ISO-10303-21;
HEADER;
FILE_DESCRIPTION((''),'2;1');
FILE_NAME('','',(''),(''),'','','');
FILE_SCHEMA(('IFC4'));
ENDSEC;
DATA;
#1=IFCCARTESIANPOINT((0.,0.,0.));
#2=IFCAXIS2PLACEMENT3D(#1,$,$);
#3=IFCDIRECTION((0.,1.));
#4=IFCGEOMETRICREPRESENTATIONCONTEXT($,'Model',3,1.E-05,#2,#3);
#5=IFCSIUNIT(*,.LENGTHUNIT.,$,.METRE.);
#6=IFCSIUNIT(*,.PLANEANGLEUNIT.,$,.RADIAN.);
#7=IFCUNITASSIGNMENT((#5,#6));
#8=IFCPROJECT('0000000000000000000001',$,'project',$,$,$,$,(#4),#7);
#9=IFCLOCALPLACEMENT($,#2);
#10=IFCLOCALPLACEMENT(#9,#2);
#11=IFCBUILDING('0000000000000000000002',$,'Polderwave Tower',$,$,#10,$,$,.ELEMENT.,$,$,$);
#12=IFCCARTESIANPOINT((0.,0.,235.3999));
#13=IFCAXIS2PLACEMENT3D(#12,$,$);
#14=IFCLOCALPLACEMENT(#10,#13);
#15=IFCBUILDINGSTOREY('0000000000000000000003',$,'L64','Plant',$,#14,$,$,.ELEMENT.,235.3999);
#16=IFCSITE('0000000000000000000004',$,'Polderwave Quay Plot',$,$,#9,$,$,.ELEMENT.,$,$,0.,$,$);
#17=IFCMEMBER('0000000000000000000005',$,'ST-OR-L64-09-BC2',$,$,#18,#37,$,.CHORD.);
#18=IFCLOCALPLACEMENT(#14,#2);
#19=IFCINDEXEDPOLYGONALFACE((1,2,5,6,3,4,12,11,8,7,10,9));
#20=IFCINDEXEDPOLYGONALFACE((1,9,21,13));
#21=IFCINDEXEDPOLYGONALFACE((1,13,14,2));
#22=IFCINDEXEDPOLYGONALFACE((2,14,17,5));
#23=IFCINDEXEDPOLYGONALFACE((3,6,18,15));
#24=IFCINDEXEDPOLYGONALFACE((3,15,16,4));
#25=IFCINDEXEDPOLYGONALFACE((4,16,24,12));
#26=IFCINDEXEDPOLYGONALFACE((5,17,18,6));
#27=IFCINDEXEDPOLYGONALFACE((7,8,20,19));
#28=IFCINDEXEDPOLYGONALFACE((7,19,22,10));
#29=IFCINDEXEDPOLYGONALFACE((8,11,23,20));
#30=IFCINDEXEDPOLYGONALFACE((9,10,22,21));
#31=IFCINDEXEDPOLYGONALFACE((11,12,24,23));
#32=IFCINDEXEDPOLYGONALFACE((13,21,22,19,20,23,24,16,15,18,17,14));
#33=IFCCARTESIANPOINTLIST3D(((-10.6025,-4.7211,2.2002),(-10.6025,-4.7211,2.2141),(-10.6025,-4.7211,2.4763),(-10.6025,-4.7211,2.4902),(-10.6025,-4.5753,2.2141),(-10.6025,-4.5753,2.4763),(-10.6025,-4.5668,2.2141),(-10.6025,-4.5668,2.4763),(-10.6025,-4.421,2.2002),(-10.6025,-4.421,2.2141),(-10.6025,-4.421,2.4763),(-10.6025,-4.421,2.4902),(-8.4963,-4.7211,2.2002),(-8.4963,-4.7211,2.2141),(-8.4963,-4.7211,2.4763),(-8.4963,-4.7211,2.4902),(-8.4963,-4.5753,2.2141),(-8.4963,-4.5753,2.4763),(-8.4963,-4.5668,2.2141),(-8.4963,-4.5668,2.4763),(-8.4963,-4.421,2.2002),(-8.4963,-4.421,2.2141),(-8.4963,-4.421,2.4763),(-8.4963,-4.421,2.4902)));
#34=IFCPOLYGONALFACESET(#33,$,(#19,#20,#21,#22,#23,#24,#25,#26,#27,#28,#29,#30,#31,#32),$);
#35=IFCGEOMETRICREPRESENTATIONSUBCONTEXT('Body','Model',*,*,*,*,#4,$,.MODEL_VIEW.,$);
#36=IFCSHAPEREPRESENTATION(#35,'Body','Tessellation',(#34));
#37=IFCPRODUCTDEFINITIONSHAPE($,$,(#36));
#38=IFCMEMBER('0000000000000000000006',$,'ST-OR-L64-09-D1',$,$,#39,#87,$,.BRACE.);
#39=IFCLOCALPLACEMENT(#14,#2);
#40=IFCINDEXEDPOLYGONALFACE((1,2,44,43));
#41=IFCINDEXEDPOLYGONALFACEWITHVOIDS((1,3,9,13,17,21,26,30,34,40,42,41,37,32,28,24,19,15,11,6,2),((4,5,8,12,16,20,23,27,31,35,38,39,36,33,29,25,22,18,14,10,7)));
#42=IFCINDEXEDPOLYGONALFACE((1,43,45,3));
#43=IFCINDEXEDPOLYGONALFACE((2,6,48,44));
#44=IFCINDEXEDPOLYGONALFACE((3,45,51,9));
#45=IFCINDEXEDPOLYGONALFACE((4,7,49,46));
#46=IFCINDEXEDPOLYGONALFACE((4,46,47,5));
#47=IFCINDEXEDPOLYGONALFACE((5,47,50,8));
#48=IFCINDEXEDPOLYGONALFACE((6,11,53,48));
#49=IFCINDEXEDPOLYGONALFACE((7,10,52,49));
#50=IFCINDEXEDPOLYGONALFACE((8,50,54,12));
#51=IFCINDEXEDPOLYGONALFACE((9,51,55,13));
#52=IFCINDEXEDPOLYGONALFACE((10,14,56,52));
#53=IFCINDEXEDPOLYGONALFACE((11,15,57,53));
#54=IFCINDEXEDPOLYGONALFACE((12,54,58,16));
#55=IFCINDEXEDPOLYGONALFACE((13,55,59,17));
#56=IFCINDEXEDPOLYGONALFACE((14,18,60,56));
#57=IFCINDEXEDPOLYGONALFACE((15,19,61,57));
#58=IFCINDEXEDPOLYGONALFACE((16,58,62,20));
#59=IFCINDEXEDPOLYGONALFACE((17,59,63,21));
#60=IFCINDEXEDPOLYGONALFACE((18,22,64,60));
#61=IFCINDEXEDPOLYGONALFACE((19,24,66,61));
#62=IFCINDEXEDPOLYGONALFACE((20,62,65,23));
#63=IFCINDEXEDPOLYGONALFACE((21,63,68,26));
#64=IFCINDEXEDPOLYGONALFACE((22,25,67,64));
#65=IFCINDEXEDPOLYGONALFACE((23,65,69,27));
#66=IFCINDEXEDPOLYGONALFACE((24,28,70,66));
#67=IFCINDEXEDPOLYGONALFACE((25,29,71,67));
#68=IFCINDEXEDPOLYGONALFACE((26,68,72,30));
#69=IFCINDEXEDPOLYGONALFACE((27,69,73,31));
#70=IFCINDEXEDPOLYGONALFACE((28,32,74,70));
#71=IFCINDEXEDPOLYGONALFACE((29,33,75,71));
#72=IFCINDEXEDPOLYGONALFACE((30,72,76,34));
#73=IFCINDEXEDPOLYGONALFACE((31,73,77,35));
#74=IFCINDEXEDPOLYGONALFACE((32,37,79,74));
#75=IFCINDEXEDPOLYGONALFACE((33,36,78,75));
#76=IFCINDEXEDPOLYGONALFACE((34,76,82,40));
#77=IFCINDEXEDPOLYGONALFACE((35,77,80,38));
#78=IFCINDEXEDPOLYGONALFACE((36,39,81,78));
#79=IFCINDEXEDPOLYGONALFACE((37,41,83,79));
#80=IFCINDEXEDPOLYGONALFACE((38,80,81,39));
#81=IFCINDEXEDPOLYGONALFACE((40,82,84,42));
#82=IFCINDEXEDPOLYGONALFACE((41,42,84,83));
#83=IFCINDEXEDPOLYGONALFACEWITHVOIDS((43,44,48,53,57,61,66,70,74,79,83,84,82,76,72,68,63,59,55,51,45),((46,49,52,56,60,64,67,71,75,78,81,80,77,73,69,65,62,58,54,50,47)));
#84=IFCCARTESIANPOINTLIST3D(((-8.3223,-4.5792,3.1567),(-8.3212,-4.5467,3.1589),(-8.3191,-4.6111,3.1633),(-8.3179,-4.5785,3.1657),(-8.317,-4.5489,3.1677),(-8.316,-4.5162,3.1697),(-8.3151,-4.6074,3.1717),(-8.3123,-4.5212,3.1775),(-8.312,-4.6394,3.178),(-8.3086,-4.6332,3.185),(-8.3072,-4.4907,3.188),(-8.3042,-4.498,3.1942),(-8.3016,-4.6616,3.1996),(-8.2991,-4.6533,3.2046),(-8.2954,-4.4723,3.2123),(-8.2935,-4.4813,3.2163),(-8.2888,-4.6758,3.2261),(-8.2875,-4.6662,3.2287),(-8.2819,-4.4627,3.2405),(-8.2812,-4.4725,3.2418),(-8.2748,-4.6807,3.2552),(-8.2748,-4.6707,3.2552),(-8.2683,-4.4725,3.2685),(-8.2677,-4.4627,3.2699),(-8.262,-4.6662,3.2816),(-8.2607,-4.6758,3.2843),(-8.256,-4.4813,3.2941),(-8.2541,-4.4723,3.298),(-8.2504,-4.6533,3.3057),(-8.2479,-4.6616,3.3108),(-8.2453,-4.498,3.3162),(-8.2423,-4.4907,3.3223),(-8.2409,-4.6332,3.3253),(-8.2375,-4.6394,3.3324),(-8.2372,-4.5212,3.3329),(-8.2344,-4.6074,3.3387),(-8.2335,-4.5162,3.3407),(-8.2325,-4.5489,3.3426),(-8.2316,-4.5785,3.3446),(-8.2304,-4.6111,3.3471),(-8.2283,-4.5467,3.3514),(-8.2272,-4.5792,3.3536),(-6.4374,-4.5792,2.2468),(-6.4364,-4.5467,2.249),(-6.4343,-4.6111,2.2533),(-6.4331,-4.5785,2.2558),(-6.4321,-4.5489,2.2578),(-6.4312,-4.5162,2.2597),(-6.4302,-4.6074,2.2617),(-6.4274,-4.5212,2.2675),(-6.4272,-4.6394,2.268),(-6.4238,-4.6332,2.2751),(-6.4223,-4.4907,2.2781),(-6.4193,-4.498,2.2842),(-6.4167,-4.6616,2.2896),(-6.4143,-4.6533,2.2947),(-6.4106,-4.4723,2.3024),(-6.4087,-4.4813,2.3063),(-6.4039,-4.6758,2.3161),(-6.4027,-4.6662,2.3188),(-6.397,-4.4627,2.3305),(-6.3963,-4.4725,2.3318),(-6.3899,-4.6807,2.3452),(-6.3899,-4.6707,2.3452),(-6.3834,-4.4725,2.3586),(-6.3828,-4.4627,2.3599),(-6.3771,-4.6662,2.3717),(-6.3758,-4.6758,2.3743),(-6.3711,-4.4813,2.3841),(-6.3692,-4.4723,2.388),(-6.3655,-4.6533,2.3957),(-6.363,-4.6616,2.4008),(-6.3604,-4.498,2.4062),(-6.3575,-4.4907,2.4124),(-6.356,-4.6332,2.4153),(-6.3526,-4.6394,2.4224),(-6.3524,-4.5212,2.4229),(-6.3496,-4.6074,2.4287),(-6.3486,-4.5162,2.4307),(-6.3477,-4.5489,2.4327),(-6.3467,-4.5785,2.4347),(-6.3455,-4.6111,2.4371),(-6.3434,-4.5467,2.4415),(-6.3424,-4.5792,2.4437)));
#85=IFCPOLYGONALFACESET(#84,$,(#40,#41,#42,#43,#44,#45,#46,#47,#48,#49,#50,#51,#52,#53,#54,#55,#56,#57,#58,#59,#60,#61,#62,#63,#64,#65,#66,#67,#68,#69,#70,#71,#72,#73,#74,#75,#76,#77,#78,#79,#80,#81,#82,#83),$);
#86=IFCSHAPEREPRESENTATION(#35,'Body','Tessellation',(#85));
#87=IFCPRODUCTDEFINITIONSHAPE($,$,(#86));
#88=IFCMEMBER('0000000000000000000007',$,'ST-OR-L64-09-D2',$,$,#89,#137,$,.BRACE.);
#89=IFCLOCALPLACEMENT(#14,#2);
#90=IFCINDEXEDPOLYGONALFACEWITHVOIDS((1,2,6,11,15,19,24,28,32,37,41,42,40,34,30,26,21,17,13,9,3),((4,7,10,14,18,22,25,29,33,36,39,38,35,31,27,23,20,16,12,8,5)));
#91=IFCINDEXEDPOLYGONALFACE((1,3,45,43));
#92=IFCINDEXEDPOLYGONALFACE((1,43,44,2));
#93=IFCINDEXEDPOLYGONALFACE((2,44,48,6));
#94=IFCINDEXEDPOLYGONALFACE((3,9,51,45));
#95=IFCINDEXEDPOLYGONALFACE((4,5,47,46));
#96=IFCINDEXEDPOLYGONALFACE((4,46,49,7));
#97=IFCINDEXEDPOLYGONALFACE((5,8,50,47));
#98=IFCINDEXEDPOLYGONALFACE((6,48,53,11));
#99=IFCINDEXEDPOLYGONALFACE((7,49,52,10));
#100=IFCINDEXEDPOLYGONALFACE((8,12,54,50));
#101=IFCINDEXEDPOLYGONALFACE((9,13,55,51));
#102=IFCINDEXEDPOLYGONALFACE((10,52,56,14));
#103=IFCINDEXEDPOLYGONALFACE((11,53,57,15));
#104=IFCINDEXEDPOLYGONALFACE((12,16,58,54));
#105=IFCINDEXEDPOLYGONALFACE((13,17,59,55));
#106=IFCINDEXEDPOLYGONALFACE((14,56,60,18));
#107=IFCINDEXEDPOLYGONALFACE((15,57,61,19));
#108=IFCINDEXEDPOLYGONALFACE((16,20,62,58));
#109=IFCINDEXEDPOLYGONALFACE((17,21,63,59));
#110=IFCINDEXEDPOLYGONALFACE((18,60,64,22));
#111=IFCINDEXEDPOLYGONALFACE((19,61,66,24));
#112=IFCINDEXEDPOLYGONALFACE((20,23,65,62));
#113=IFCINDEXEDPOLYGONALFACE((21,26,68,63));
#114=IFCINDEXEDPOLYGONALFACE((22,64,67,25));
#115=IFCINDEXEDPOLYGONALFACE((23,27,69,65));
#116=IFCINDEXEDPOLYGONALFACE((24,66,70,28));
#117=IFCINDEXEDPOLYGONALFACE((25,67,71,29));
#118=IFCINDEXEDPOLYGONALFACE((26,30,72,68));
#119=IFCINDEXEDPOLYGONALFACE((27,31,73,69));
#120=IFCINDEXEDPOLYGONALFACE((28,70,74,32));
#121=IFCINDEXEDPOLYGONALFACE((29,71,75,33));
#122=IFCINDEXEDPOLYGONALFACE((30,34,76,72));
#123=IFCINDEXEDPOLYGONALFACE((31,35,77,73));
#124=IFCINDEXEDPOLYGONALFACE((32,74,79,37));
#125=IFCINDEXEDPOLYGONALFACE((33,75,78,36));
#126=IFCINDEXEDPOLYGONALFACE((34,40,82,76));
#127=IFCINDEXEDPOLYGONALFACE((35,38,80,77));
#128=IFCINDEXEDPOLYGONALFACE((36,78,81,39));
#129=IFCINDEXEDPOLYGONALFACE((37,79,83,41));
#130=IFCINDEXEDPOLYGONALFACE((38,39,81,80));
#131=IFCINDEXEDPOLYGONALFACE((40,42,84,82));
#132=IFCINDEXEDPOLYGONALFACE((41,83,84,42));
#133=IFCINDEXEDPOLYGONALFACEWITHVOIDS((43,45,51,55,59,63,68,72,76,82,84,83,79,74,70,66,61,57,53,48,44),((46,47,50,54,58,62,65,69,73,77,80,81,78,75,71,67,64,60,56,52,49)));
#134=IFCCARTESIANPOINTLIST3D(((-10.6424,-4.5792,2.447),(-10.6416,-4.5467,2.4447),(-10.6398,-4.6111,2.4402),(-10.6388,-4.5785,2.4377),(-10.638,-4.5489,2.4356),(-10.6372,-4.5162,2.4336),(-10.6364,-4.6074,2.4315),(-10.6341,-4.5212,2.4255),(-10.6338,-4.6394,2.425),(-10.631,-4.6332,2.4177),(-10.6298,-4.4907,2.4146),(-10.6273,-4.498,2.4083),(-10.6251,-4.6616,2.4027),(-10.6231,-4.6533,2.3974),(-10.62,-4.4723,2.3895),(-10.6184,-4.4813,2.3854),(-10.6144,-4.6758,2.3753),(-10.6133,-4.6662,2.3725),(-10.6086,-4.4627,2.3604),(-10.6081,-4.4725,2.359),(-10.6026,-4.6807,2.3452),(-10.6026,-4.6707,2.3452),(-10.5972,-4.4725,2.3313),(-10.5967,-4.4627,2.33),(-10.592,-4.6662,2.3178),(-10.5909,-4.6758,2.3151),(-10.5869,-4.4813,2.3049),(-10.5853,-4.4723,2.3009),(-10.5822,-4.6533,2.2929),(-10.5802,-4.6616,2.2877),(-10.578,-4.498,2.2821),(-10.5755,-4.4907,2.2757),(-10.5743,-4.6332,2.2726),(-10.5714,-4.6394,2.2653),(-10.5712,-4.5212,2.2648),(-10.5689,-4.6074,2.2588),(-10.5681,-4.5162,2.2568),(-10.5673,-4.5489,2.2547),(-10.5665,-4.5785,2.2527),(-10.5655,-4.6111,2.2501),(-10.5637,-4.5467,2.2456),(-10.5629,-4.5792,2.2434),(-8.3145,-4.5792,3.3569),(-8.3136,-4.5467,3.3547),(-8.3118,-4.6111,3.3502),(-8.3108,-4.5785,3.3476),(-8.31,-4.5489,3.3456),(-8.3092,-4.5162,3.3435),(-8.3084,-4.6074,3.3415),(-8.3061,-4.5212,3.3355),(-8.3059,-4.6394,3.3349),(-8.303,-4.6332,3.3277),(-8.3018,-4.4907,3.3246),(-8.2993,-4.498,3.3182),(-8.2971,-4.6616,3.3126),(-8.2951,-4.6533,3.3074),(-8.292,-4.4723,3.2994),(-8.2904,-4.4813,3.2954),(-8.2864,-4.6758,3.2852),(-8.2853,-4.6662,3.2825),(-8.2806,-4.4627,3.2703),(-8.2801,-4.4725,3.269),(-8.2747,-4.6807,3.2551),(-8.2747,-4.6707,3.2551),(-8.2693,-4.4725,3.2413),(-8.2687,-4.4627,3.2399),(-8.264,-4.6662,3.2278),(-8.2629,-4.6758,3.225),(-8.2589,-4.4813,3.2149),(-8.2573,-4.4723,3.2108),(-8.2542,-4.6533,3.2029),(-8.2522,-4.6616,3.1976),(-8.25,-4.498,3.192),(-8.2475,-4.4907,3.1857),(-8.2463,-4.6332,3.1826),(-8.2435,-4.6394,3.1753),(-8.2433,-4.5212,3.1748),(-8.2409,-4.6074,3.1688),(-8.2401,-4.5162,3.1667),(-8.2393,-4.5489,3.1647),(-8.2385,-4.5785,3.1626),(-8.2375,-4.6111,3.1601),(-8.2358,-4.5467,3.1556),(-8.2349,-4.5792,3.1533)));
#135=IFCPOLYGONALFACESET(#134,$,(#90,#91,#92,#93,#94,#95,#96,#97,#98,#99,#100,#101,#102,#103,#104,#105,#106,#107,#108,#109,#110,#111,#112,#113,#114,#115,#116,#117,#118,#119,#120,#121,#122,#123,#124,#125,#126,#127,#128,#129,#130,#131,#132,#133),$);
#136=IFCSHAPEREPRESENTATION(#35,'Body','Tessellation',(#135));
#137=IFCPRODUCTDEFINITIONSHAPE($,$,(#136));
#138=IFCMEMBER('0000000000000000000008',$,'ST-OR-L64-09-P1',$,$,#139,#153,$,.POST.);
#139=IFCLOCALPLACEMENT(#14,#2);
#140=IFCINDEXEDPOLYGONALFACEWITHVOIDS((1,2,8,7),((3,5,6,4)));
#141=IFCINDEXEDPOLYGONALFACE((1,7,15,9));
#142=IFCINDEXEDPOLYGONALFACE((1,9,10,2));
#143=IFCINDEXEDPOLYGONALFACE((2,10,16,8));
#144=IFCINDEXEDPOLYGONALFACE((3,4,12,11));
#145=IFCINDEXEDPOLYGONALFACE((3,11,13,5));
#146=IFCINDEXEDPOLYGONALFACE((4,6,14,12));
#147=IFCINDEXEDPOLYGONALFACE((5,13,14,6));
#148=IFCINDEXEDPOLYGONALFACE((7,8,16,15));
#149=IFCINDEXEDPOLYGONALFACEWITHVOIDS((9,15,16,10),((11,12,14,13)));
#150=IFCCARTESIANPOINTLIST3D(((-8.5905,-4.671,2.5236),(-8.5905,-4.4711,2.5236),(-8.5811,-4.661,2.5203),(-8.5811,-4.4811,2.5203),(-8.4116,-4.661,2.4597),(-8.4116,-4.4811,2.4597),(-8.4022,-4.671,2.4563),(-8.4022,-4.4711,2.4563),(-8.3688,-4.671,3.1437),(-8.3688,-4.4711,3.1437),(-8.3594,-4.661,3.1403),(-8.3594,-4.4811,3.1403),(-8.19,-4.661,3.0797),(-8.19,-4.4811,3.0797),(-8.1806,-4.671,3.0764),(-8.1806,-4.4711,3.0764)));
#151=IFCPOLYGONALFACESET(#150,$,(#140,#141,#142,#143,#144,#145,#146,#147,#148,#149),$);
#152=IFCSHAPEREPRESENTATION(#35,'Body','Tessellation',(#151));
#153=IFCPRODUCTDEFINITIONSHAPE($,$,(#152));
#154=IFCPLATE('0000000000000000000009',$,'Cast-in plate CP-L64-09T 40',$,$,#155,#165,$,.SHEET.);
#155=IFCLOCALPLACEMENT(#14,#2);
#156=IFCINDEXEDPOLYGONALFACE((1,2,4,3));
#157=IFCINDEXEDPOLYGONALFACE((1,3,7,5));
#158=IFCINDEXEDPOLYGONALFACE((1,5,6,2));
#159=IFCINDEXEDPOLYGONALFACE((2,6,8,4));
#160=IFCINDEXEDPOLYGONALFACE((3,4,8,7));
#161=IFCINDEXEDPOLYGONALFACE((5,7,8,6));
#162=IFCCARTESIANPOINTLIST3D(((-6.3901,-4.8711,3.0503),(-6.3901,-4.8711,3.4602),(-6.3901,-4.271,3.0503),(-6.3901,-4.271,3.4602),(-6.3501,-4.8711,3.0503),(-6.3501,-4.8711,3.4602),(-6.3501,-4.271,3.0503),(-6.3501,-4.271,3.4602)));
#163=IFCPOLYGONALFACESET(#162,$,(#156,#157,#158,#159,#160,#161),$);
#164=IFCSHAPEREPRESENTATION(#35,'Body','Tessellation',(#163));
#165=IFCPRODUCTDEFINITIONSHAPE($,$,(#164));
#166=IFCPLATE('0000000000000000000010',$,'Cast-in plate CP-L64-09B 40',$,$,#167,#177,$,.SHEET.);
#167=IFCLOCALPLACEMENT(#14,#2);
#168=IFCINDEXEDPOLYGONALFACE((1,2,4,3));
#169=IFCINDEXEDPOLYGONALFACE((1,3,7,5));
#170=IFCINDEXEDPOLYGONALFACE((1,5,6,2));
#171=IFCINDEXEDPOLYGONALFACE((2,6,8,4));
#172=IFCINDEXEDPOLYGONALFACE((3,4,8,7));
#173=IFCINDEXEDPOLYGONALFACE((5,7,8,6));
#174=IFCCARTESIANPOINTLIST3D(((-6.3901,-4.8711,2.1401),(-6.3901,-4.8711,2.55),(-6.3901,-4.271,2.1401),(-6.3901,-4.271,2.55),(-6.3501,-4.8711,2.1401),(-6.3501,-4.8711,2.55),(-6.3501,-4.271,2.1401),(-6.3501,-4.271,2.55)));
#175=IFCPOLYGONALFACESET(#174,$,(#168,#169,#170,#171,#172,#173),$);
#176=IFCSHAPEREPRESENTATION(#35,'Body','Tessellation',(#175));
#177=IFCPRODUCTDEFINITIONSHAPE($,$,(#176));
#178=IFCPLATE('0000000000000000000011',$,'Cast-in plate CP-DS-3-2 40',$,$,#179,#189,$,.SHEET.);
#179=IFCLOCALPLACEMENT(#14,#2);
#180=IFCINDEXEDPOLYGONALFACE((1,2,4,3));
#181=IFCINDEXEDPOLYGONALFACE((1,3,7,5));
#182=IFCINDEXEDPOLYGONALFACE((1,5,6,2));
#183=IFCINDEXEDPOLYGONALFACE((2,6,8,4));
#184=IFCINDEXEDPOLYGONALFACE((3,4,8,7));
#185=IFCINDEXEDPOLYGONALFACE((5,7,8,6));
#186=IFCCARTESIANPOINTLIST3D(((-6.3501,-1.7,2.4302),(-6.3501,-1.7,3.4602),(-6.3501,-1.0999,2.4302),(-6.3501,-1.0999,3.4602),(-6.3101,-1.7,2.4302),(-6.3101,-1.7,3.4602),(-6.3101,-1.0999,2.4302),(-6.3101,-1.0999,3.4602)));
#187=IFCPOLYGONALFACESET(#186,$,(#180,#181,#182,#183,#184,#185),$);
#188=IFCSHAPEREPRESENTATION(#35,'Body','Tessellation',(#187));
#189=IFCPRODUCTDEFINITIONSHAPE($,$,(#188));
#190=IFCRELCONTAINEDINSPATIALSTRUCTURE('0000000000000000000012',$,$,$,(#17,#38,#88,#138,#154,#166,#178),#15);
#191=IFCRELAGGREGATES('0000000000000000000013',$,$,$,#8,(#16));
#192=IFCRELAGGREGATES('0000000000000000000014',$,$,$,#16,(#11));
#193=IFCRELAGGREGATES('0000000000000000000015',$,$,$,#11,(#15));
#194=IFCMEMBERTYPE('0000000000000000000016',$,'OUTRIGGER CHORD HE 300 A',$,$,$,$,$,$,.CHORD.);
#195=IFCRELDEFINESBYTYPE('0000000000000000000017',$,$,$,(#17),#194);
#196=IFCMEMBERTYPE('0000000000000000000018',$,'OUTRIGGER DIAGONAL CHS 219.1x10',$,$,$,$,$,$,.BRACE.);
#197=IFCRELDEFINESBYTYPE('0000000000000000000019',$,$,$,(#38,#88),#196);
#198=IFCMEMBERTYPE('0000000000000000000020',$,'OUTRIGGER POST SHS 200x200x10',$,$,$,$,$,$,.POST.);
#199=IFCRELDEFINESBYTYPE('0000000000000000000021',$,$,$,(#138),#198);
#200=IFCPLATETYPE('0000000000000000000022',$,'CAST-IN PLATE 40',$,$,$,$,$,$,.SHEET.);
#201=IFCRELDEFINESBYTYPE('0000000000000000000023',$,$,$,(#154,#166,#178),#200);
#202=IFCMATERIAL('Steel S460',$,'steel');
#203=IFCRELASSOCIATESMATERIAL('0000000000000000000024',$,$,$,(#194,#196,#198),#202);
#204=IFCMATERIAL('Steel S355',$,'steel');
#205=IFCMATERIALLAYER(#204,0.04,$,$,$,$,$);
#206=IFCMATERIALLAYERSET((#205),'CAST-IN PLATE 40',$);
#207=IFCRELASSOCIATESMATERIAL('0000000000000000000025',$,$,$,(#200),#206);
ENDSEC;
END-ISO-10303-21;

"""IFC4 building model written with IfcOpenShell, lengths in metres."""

from ifc_helpers import new_model, si_unit, direction, frame, origin, origin_2d, place, context, subcontext, project, spatial, rectangle, hollow_rectangle, hollow_circle, i_section, extrude, material, layer, layer_set, material_profile, profile_set, type_object, element, save


model = new_model("IFC4")

# Units and contexts
model_context = context("Model", 3, precision=1e-05, world=origin(), true_north=direction((0.0, 1.0)))
body_context = subcontext(model_context, "Body", "Model", "MODEL_VIEW")
ifc_project = project(units=[si_unit("LENGTHUNIT", "METRE"), si_unit("PLANEANGLEUNIT", "RADIAN")], contexts=[model_context])

# Site, building, storey
site_placement = place(None, origin())
site = spatial("IfcSite", under=ifc_project, at=site_placement, Name="Polderwave Quay Plot", CompositionType="ELEMENT", RefElevation=0.0)
building_placement = place(site_placement, origin())
building = spatial("IfcBuilding", under=site, at=building_placement, Name="Polderwave Tower", CompositionType="ELEMENT")
storey_placement = place(building_placement, frame((0.0, 0.0, 235.3999)))
storey = spatial("IfcBuildingStorey", under=building, at=storey_placement, Name="L64", Description="Plant", CompositionType="ELEMENT", Elevation=235.3999)

# Shared definitions
ifc_material_1 = material(Name="Steel S460", Category="steel")

# Members
ifc_material_profile_1 = material_profile(ifc_material_1, i_section(OverallWidth=0.3, OverallDepth=0.29, WebThickness=0.0085, FlangeThickness=0.0139, at=origin_2d()), Name="HE 300 A")
ifc_profile_set_1 = profile_set([ifc_material_profile_1], Name="Steel S460")
member_type_1 = type_object("IfcMemberType", Name="OUTRIGGER CHORD HE 300 A", PredefinedType="CHORD", material=ifc_profile_set_1)
member_1_placement = place(storey_placement, frame((-8.4963, -4.571, 2.3452), z_axis=(-1.0, 0.0, 0.0), x_axis=(0.0, -1.0, 0.0)))
element("IfcMember", 1, at=member_1_placement, inside=storey, type_object=member_type_1, Name="ST-OR-L64-09-BC2", PredefinedType="CHORD", context=body_context, shape_type="SweptSolid", body=[
    extrude(i_section(OverallWidth=0.3, OverallDepth=0.29, WebThickness=0.0085, FlangeThickness=0.0139, at=origin_2d()), origin(), (0.0, 0.0, 1.0), 2.1062),
])
ifc_material_profile_2 = material_profile(ifc_material_1, hollow_circle(Radius=0.1096, WallThickness=0.01, at=origin_2d()), Name="CHS 219.1x10")
ifc_profile_set_2 = profile_set([ifc_material_profile_2], Name="Steel S460")
member_type_2 = type_object("IfcMemberType", Name="OUTRIGGER DIAGONAL CHS 219.1x10", PredefinedType="BRACE", material=ifc_profile_set_2)
member_2_placement = place(storey_placement, frame((-6.3899, -4.571, 2.3452), z_axis=(-0.900547, 0.0, 0.434759), x_axis=(0.0, -1.0, 0.0)))
element("IfcMember", 2, at=member_2_placement, inside=storey, type_object=member_type_2, Name="ST-OR-L64-09-D1", PredefinedType="BRACE", context=body_context, shape_type="SweptSolid", body=[
    extrude(hollow_circle(Radius=0.1096, WallThickness=0.01, at=origin_2d()), origin(), (0.0, 0.0, 1.0), 2.093),
])
member_3_placement = place(storey_placement, frame((-8.2747, -4.571, 3.2551), z_axis=(-0.931378, 0.0, -0.364053), x_axis=(0.0, -1.0, 0.0)))
element("IfcMember", 3, at=member_3_placement, inside=storey, type_object=member_type_2, Name="ST-OR-L64-09-D2", PredefinedType="BRACE", context=body_context, shape_type="SweptSolid", body=[
    extrude(hollow_circle(Radius=0.1096, WallThickness=0.01, at=origin_2d()), origin(), (0.0, 0.0, 1.0), 2.4995),
])
ifc_material_profile_3 = material_profile(ifc_material_1, hollow_rectangle(XDim=0.2, YDim=0.2, WallThickness=0.01, at=origin_2d()), Name="SHS 200x200x10")
ifc_profile_set_3 = profile_set([ifc_material_profile_3], Name="Steel S460")
member_type_3 = type_object("IfcMemberType", Name="OUTRIGGER POST SHS 200x200x10", PredefinedType="POST", material=ifc_profile_set_3)
member_4_placement = place(storey_placement, frame((-8.4963, -4.571, 2.49), z_axis=(0.336618, 0.0, 0.941641), x_axis=(0.0, 1.0, 0.0)))
element("IfcMember", 4, at=member_4_placement, inside=storey, type_object=member_type_3, Name="ST-OR-L64-09-P1", PredefinedType="POST", context=body_context, shape_type="SweptSolid", body=[
    extrude(hollow_rectangle(XDim=0.2, YDim=0.2, WallThickness=0.01, at=origin_2d()), origin(), (0.0, 0.0, 1.0), 0.6584),
])

# Plates
ifc_material_2 = material(Name="Steel S355", Category="steel")
ifc_layer_1 = layer(ifc_material_2, 0.04)
ifc_layer_set_1 = layer_set([ifc_layer_1], Name="CAST-IN PLATE 40")
plate_type = type_object("IfcPlateType", Name="CAST-IN PLATE 40", PredefinedType="SHEET", material=ifc_layer_set_1)
for number, where, z_axis, x_axis, name in (
    (5, (-6.3701, -4.571, 3.0503), (0.0, 0.0, 1.0), (1.0, 0.0, 0.0), "Cast-in plate CP-L64-09T 40"),
    (6, (-6.3701, -4.571, 2.1401), (0.0, 0.0, 1.0), (1.0, 0.0, 0.0), "Cast-in plate CP-L64-09B 40"),
):
    element("IfcPlate", number, at=place(storey_placement, frame(where, z_axis=z_axis, x_axis=x_axis)), inside=storey, type_object=plate_type, Name=name, PredefinedType="SHEET", context=body_context, shape_type="SweptSolid", body=[
        extrude(rectangle(XDim=0.04, YDim=0.6001, at=origin_2d()), origin(), (0.0, 0.0, 1.0), 0.4099),
    ])
plate_placement = place(storey_placement, frame((-6.3301, -1.3999, 2.4302), z_axis=(0.0, 0.0, 1.0), x_axis=(-1.0, 0.0, 0.0)))
element("IfcPlate", 7, at=plate_placement, inside=storey, type_object=plate_type, Name="Cast-in plate CP-DS-3-2 40", PredefinedType="SHEET", context=body_context, shape_type="SweptSolid", body=[
    extrude(rectangle(XDim=0.04, YDim=0.6001, at=origin_2d()), origin(), (0.0, 0.0, 1.0), 1.03),
])

save(model, "model.ifc")
